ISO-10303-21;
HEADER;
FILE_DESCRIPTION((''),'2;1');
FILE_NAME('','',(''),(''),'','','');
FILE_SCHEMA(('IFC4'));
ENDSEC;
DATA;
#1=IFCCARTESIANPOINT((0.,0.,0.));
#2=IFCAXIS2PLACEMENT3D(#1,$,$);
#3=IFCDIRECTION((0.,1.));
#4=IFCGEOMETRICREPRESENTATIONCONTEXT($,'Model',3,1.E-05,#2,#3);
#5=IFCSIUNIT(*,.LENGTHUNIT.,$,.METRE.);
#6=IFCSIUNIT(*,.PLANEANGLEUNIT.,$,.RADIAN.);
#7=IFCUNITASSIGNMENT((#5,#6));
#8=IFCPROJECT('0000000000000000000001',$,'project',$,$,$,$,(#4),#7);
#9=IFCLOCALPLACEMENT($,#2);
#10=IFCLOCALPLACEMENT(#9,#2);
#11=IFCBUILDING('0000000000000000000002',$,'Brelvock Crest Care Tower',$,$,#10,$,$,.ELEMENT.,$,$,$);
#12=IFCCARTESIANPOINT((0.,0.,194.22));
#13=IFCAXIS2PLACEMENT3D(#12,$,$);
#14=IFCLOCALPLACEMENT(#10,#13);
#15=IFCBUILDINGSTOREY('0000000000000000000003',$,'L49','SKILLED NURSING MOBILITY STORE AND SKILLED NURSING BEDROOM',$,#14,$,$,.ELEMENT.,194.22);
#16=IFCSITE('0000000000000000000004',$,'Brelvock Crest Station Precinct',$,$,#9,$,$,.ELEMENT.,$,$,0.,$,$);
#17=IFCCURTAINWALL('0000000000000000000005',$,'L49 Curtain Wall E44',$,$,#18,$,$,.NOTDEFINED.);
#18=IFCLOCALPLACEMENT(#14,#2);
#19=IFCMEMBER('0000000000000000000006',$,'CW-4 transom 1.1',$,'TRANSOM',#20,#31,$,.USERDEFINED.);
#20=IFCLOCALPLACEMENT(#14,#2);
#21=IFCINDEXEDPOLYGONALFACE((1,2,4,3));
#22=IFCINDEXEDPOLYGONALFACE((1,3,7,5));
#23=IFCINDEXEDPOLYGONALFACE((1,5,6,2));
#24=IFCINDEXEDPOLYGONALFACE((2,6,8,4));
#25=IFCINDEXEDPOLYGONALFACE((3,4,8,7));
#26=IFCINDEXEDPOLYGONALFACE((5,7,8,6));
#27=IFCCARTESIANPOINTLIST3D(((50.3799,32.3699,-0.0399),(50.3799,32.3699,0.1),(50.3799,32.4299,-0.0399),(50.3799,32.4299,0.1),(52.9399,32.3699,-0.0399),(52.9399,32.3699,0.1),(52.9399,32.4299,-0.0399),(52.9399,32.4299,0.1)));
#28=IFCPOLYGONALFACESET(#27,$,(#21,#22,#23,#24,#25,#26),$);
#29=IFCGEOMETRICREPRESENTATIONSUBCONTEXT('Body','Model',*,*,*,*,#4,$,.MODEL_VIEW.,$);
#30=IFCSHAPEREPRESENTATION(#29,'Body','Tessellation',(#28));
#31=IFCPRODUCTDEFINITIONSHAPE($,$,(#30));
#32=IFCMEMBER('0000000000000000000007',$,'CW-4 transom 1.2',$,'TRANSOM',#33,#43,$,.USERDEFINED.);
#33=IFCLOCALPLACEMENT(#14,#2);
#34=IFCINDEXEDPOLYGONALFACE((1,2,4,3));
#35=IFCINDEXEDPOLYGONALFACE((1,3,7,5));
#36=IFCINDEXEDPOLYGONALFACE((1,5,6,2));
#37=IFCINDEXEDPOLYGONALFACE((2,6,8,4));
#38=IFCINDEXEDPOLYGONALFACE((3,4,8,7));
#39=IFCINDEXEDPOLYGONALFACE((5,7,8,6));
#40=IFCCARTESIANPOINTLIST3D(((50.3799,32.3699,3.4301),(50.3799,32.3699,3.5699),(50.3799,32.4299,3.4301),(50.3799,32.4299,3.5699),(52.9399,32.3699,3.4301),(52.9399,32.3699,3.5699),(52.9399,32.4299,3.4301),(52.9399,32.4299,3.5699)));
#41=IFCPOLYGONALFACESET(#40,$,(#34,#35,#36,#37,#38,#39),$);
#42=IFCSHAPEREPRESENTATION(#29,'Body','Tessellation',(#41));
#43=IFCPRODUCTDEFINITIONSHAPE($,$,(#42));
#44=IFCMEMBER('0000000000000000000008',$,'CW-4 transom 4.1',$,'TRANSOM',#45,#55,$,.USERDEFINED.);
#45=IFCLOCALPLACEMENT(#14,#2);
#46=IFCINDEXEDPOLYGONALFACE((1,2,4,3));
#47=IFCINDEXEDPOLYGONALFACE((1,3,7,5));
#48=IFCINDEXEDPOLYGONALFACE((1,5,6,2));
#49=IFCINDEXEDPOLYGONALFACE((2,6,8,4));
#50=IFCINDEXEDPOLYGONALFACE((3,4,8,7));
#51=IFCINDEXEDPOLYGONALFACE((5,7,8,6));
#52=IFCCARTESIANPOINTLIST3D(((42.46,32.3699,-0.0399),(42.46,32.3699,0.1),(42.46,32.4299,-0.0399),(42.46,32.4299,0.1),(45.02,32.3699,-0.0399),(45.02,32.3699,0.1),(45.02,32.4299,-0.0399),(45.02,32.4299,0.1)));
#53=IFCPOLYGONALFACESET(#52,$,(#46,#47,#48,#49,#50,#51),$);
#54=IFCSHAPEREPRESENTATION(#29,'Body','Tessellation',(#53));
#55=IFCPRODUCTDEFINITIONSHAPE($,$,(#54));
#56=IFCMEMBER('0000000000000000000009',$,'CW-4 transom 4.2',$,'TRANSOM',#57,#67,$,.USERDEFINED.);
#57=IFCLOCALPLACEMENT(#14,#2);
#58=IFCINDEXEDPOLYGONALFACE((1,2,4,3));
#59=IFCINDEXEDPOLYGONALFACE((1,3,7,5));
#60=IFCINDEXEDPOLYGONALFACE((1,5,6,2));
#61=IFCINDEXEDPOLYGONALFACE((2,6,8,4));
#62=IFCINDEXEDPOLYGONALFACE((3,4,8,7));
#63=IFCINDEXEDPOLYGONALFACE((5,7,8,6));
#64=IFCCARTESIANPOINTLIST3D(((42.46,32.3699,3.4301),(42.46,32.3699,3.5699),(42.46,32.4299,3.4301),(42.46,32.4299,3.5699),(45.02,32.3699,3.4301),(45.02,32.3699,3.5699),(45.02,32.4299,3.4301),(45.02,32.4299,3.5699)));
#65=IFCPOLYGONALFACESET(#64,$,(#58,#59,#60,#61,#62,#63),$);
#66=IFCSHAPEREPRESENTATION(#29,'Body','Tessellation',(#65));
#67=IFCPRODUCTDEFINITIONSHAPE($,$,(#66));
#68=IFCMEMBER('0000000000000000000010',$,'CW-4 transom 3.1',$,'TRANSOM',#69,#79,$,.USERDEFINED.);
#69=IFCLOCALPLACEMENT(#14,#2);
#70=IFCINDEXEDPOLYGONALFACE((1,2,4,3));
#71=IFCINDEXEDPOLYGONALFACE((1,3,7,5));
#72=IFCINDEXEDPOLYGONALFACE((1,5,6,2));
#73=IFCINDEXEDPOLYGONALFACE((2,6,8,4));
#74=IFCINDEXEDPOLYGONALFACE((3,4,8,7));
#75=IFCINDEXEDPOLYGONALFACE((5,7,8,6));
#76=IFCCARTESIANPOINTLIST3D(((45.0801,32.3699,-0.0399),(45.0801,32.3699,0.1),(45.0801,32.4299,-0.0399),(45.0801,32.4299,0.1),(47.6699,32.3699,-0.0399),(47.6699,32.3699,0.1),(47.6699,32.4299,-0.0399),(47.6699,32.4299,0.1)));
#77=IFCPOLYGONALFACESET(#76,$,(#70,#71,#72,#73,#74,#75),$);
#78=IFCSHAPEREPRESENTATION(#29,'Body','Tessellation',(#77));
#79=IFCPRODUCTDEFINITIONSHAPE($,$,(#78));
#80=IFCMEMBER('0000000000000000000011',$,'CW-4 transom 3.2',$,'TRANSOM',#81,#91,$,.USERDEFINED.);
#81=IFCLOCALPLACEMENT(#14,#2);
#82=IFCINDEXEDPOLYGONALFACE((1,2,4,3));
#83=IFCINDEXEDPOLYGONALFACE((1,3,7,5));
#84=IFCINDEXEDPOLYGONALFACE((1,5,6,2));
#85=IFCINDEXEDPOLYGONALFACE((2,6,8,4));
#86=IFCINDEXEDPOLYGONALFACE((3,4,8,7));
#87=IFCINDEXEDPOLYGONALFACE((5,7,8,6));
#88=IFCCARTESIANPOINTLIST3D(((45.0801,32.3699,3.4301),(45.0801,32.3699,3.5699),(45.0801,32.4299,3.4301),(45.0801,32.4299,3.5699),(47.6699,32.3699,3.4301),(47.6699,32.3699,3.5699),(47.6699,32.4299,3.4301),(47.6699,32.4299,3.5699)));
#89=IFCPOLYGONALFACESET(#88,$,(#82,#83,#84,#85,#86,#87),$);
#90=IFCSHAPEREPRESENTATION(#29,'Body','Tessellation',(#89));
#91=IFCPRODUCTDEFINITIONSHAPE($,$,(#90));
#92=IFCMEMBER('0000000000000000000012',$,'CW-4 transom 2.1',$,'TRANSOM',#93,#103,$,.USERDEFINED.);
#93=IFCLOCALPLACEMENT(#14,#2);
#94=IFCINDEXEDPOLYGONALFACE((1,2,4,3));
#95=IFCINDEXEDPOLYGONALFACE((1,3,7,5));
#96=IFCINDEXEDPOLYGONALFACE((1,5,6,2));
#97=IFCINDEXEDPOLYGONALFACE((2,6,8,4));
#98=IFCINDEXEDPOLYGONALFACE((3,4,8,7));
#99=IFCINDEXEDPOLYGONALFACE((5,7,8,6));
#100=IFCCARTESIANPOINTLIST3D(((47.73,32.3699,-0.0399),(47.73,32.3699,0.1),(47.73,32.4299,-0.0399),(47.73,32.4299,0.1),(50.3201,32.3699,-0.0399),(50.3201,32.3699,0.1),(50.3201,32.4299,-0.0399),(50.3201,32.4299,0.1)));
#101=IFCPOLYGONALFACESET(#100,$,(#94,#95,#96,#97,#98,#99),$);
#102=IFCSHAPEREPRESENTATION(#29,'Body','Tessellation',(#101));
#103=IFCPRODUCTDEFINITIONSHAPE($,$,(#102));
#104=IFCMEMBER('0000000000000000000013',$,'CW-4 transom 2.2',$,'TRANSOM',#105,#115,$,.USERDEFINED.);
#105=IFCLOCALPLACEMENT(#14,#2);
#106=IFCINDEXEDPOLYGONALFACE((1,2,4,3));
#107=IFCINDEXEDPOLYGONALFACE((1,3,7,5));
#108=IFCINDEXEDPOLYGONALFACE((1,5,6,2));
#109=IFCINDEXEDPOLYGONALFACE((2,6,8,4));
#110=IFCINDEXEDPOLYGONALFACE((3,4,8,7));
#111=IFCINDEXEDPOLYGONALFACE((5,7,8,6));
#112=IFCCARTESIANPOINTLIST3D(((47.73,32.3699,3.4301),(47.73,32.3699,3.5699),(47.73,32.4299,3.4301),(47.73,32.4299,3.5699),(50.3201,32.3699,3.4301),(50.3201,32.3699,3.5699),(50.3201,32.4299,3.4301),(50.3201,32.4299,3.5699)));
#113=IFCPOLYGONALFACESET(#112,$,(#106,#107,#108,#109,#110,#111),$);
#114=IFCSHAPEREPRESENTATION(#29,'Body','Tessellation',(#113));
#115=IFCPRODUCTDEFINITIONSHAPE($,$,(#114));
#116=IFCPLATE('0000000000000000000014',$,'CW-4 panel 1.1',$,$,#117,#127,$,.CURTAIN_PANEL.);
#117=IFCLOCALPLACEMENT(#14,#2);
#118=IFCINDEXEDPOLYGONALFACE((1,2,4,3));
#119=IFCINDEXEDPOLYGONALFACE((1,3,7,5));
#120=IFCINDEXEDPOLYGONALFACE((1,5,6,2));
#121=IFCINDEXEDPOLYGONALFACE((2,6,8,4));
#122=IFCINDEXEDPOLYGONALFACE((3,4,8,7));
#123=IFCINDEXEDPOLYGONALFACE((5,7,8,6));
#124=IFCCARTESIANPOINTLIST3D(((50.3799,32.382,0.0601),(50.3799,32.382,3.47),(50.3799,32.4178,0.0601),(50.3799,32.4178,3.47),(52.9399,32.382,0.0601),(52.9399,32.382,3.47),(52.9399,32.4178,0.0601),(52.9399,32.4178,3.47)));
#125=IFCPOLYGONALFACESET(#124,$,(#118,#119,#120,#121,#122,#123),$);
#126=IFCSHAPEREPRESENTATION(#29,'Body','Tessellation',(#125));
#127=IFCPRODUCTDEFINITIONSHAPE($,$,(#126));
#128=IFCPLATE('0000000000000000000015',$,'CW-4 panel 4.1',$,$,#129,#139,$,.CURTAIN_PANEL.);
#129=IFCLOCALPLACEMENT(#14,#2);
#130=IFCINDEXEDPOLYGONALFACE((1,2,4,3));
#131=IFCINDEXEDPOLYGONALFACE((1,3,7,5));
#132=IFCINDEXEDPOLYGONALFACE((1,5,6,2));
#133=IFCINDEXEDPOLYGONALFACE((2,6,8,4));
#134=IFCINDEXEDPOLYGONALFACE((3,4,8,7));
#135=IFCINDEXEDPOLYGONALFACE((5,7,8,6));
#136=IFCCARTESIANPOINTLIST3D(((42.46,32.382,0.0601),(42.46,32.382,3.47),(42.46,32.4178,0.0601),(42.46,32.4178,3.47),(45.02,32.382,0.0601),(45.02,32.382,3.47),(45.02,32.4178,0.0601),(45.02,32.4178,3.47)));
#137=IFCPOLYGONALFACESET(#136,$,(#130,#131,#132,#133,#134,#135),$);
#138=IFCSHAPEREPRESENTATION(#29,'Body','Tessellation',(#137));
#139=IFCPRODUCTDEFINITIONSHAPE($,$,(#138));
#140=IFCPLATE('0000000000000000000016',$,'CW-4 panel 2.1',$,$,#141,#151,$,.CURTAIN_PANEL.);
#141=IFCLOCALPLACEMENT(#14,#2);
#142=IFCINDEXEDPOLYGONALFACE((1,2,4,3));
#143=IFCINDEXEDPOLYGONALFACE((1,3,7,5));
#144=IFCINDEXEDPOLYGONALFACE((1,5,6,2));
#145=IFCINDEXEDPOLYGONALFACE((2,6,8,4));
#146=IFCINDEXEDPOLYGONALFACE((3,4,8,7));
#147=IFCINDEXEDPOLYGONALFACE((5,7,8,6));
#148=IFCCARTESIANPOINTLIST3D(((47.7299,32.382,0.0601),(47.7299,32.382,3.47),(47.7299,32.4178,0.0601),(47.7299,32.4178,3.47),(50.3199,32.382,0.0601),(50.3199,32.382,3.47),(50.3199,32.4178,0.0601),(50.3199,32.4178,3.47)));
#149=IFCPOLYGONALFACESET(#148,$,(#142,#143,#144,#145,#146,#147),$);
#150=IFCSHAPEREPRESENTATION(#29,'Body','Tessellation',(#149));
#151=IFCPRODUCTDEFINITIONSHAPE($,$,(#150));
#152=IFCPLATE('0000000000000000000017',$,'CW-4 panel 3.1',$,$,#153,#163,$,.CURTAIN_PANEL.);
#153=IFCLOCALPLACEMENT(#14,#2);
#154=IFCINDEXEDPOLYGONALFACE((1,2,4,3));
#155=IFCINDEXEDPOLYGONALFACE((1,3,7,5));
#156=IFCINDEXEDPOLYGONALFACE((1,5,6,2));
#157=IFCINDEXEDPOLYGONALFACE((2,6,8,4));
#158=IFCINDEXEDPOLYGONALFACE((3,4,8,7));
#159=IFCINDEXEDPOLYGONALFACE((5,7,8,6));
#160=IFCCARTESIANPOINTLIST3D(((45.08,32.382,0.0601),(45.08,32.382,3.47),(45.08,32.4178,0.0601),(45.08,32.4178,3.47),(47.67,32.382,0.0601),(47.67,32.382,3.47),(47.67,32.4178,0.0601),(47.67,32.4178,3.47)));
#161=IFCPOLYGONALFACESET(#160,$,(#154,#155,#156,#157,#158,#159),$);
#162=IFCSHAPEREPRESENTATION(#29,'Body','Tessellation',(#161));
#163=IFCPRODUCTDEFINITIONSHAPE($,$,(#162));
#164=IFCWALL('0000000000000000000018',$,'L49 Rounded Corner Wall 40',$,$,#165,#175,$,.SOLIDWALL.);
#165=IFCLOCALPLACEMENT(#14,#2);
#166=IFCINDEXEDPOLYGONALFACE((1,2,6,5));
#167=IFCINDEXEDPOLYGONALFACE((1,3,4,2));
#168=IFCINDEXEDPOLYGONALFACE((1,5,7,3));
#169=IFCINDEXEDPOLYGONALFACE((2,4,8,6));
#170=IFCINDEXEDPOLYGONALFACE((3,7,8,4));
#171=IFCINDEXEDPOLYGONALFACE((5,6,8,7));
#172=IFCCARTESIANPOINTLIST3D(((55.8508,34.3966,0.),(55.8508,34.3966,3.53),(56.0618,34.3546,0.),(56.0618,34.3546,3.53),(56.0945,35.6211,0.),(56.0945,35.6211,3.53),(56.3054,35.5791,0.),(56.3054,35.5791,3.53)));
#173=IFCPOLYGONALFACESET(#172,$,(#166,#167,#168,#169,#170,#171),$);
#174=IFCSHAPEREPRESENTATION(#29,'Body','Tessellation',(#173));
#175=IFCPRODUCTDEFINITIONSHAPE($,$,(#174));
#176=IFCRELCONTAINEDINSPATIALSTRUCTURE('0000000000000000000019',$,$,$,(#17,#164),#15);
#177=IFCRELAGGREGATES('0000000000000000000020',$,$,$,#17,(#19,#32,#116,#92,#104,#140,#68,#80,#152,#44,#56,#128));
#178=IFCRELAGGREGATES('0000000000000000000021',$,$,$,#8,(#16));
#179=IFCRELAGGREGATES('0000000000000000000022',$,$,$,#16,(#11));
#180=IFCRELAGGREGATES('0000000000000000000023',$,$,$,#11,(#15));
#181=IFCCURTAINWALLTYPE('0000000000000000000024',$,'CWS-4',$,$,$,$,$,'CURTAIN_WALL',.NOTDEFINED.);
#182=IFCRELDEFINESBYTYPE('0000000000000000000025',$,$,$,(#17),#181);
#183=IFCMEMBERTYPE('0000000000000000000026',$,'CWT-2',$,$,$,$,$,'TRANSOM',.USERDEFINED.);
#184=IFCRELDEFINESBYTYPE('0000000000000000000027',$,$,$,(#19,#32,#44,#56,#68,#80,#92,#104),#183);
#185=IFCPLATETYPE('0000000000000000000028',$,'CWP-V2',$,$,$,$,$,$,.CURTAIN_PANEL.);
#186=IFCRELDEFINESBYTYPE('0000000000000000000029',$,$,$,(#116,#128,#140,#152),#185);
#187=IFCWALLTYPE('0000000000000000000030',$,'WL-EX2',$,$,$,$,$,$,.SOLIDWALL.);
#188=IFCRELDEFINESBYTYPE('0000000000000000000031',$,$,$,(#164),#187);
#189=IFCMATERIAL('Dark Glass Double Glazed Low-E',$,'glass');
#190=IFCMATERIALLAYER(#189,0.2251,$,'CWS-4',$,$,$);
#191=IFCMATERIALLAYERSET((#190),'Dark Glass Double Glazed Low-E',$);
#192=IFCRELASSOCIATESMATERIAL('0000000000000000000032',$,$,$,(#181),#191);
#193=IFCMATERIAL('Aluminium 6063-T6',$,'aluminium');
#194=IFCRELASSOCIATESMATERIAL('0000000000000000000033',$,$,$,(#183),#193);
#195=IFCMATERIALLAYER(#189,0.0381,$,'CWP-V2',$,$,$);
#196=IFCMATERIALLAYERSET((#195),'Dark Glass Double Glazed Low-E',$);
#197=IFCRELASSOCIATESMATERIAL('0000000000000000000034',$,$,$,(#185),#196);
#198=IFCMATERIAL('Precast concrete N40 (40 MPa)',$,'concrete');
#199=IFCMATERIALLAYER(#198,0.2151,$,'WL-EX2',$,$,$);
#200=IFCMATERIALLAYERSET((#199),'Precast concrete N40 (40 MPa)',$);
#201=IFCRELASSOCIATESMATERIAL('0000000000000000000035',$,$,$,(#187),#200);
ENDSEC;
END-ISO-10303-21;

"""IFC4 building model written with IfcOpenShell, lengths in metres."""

from ifc_helpers import new_model, si_unit, direction, frame, frame_2d, origin, origin_2d, place, context, subcontext, project, spatial, rectangle, extrude, source, transform, mapped, material, layer, layer_set, material_profile, profile_set, type_object, element, aggregate, save


model = new_model("IFC4")

# Units and contexts
model_context = context("Model", 3, precision=1e-05, world=origin(), true_north=direction((0.0, 1.0)))
body_context = subcontext(model_context, "Body", "Model", "MODEL_VIEW")
ifc_project = project(units=[si_unit("LENGTHUNIT", "METRE"), si_unit("PLANEANGLEUNIT", "RADIAN")], contexts=[model_context])

# Site, building, storey
site_placement = place(None, origin())
site = spatial("IfcSite", under=ifc_project, at=site_placement, Name="Brelvock Crest Station Precinct", CompositionType="ELEMENT", RefElevation=0.0)
building_placement = place(site_placement, origin())
building = spatial("IfcBuilding", under=site, at=building_placement, Name="Brelvock Crest Care Tower", CompositionType="ELEMENT")
storey_placement = place(building_placement, frame((0.0, 0.0, 194.22)))
storey = spatial("IfcBuildingStorey", under=building, at=storey_placement, Name="L49", Description="SKILLED NURSING MOBILITY STORE AND SKILLED NURSING BEDROOM", CompositionType="ELEMENT", Elevation=194.22)

# Shared definitions
ifc_material_1 = material(Name="Dark Glass Double Glazed Low-E", Category="glass")
ifc_layer_1 = layer(ifc_material_1, 0.2251, Name="CWS-4")
ifc_layer_set_1 = layer_set([ifc_layer_1], Name="Dark Glass Double Glazed Low-E")
curtain_wall_type = type_object("IfcCurtainWallType", Name="CWS-4", ElementType="CURTAIN_WALL", PredefinedType="NOTDEFINED", material=ifc_layer_set_1)
ifc_material_2 = material(Name="Aluminium 6063-T6", Category="aluminium")

# Curtain wall, members, plates
curtain_wall_1_placement = place(storey_placement, origin())
curtain_wall_1 = element("IfcCurtainWall", 1, at=curtain_wall_1_placement, inside=storey, type_object=curtain_wall_type, Name="L49 Curtain Wall E44", PredefinedType="NOTDEFINED")
ifc_material_profile_1 = material_profile(ifc_material_2, rectangle(XDim=0.0601, YDim=0.1399, at=origin_2d()), Name="ALU60x140")
ifc_profile_set_1 = profile_set([ifc_material_profile_1], Name="Aluminium 6063-T6")
member_type_1 = type_object("IfcMemberType", Name="CWT-2", ElementType="TRANSOM", PredefinedType="USERDEFINED", material=ifc_profile_set_1)
shared_shape_1 = source(origin(), body_context, "Body", "SweptSolid", [
    extrude(rectangle(XDim=0.0601, YDim=0.1399, at=origin_2d()), origin(), (0.0, 0.0, 1.0), 2.5601),
])
member_1_placement = place(storey_placement, frame((52.9399, 32.3999, 0.03), z_axis=(-1.0, 0.0, 0.0), x_axis=(0.0, -1.0, 0.0)))
member_1 = element("IfcMember", 2, at=member_1_placement, type_object=member_type_1, Name="CW-4 transom 1.1", ObjectType="TRANSOM", PredefinedType="USERDEFINED", context=body_context, shape_type="MappedRepresentation", body=[
    mapped(shared_shape_1, transform((0.0, 0.0, 0.0), x_axis=(1.0, 0.0, 0.0), y_axis=(0.0, 1.0, 0.0), z_axis=(0.0, 0.0, 1.0), scale=1.0)),
])
member_2_placement = place(storey_placement, frame((52.9399, 32.3999, 3.5), z_axis=(-1.0, 0.0, 0.0), x_axis=(0.0, -1.0, 0.0)))
member_2 = element("IfcMember", 3, at=member_2_placement, type_object=member_type_1, Name="CW-4 transom 1.2", ObjectType="TRANSOM", PredefinedType="USERDEFINED", context=body_context, shape_type="MappedRepresentation", body=[
    mapped(shared_shape_1, transform((0.0, 0.0, 0.0), x_axis=(1.0, 0.0, 0.0), y_axis=(0.0, 1.0, 0.0), z_axis=(0.0, 0.0, 1.0), scale=1.0)),
])
member_3_placement = place(storey_placement, frame((45.02, 32.3999, 0.03), z_axis=(-1.0, 0.0, 0.0), x_axis=(0.0, -1.0, 0.0)))
member_3 = element("IfcMember", 4, at=member_3_placement, type_object=member_type_1, Name="CW-4 transom 4.1", ObjectType="TRANSOM", PredefinedType="USERDEFINED", context=body_context, shape_type="MappedRepresentation", body=[
    mapped(shared_shape_1, transform((0.0, 0.0, 0.0), x_axis=(1.0, 0.0, 0.0), y_axis=(0.0, 1.0, 0.0), z_axis=(0.0, 0.0, 1.0), scale=1.0)),
])
member_4_placement = place(storey_placement, frame((45.02, 32.3999, 3.5), z_axis=(-1.0, 0.0, 0.0), x_axis=(0.0, -1.0, 0.0)))
member_4 = element("IfcMember", 5, at=member_4_placement, type_object=member_type_1, Name="CW-4 transom 4.2", ObjectType="TRANSOM", PredefinedType="USERDEFINED", context=body_context, shape_type="MappedRepresentation", body=[
    mapped(shared_shape_1, transform((0.0, 0.0, 0.0), x_axis=(1.0, 0.0, 0.0), y_axis=(0.0, 1.0, 0.0), z_axis=(0.0, 0.0, 1.0), scale=1.0)),
])
shared_shape_2 = source(origin(), body_context, "Body", "SweptSolid", [
    extrude(rectangle(XDim=0.0601, YDim=0.1399, at=origin_2d()), origin(), (0.0, 0.0, 1.0), 2.5898),
])
member_5_placement = place(storey_placement, frame((47.6699, 32.3999, 0.03), z_axis=(-1.0, 0.0, 0.0), x_axis=(0.0, -1.0, 0.0)))
member_5 = element("IfcMember", 6, at=member_5_placement, type_object=member_type_1, Name="CW-4 transom 3.1", ObjectType="TRANSOM", PredefinedType="USERDEFINED", context=body_context, shape_type="MappedRepresentation", body=[
    mapped(shared_shape_2, transform((0.0, 0.0, 0.0), x_axis=(1.0, 0.0, 0.0), y_axis=(0.0, 1.0, 0.0), z_axis=(0.0, 0.0, 1.0), scale=1.0)),
])
member_6_placement = place(storey_placement, frame((47.6699, 32.3999, 3.5), z_axis=(-1.0, 0.0, 0.0), x_axis=(0.0, -1.0, 0.0)))
member_6 = element("IfcMember", 7, at=member_6_placement, type_object=member_type_1, Name="CW-4 transom 3.2", ObjectType="TRANSOM", PredefinedType="USERDEFINED", context=body_context, shape_type="MappedRepresentation", body=[
    mapped(shared_shape_2, transform((0.0, 0.0, 0.0), x_axis=(1.0, 0.0, 0.0), y_axis=(0.0, 1.0, 0.0), z_axis=(0.0, 0.0, 1.0), scale=1.0)),
])
shared_shape_3 = source(origin(), body_context, "Body", "SweptSolid", [
    extrude(rectangle(XDim=0.0601, YDim=0.1399, at=origin_2d()), origin(), (0.0, 0.0, 1.0), 2.5901),
])
member_7_placement = place(storey_placement, frame((50.3201, 32.3999, 0.03), z_axis=(-1.0, 0.0, 0.0), x_axis=(0.0, -1.0, 0.0)))
member_7 = element("IfcMember", 8, at=member_7_placement, type_object=member_type_1, Name="CW-4 transom 2.1", ObjectType="TRANSOM", PredefinedType="USERDEFINED", context=body_context, shape_type="MappedRepresentation", body=[
    mapped(shared_shape_3, transform((0.0, 0.0, 0.0), x_axis=(1.0, 0.0, 0.0), y_axis=(0.0, 1.0, 0.0), z_axis=(0.0, 0.0, 1.0), scale=1.0)),
])
member_8_placement = place(storey_placement, frame((50.3201, 32.3999, 3.5), z_axis=(-1.0, 0.0, 0.0), x_axis=(0.0, -1.0, 0.0)))
member_8 = element("IfcMember", 9, at=member_8_placement, type_object=member_type_1, Name="CW-4 transom 2.2", ObjectType="TRANSOM", PredefinedType="USERDEFINED", context=body_context, shape_type="MappedRepresentation", body=[
    mapped(shared_shape_3, transform((0.0, 0.0, 0.0), x_axis=(1.0, 0.0, 0.0), y_axis=(0.0, 1.0, 0.0), z_axis=(0.0, 0.0, 1.0), scale=1.0)),
])
ifc_layer_2 = layer(ifc_material_1, 0.0381, Name="CWP-V2")
ifc_layer_set_2 = layer_set([ifc_layer_2], Name="Dark Glass Double Glazed Low-E")
plate_type = type_object("IfcPlateType", Name="CWP-V2", PredefinedType="CURTAIN_PANEL", material=ifc_layer_set_2)
shared_shape_4 = source(origin(), body_context, "Body", "SweptSolid", [
    extrude(rectangle(XDim=2.5601, YDim=0.0359, at=origin_2d()), origin(), (0.0, 0.0, 1.0), 3.4099),
])
plate_1_placement = place(storey_placement, frame((51.6599, 32.3999, 0.0601), z_axis=(0.0, 0.0, 1.0), x_axis=(-1.0, 0.0, 0.0)))
plate_1 = element("IfcPlate", 10, at=plate_1_placement, type_object=plate_type, Name="CW-4 panel 1.1", PredefinedType="CURTAIN_PANEL", context=body_context, shape_type="MappedRepresentation", body=[
    mapped(shared_shape_4, transform((0.0, 0.0, 0.0), x_axis=(1.0, 0.0, 0.0), y_axis=(0.0, 1.0, 0.0), z_axis=(0.0, 0.0, 1.0), scale=1.0)),
])
plate_2_placement = place(storey_placement, frame((43.74, 32.3999, 0.0601), z_axis=(0.0, 0.0, 1.0), x_axis=(-1.0, 0.0, 0.0)))
plate_2 = element("IfcPlate", 11, at=plate_2_placement, type_object=plate_type, Name="CW-4 panel 4.1", PredefinedType="CURTAIN_PANEL", context=body_context, shape_type="MappedRepresentation", body=[
    mapped(shared_shape_4, transform((0.0, 0.0, 0.0), x_axis=(1.0, 0.0, 0.0), y_axis=(0.0, 1.0, 0.0), z_axis=(0.0, 0.0, 1.0), scale=1.0)),
])
shared_shape_5 = source(origin(), body_context, "Body", "SweptSolid", [
    extrude(rectangle(XDim=2.5901, YDim=0.0359, at=origin_2d()), origin(), (0.0, 0.0, 1.0), 3.4099),
])
plate_3_placement = place(storey_placement, frame((49.0249, 32.3999, 0.0601), z_axis=(0.0, 0.0, 1.0), x_axis=(-1.0, 0.0, 0.0)))
plate_3 = element("IfcPlate", 12, at=plate_3_placement, type_object=plate_type, Name="CW-4 panel 2.1", PredefinedType="CURTAIN_PANEL", context=body_context, shape_type="MappedRepresentation", body=[
    mapped(shared_shape_5, transform((0.0, 0.0, 0.0), x_axis=(1.0, 0.0, 0.0), y_axis=(0.0, 1.0, 0.0), z_axis=(0.0, 0.0, 1.0), scale=1.0)),
])
plate_4_placement = place(storey_placement, frame((46.375, 32.3999, 0.0601), z_axis=(0.0, 0.0, 1.0), x_axis=(-1.0, 0.0, 0.0)))
plate_4 = element("IfcPlate", 13, at=plate_4_placement, type_object=plate_type, Name="CW-4 panel 3.1", PredefinedType="CURTAIN_PANEL", context=body_context, shape_type="MappedRepresentation", body=[
    mapped(shared_shape_5, transform((0.0, 0.0, 0.0), x_axis=(1.0, 0.0, 0.0), y_axis=(0.0, 1.0, 0.0), z_axis=(0.0, 0.0, 1.0), scale=1.0)),
])
aggregate(curtain_wall_1, [member_1, member_2, plate_1, member_7, member_8, plate_3, member_5, member_6, plate_4, member_3, member_4, plate_2])

# Wall
ifc_material_3 = material(Name="Precast concrete N40 (40 MPa)", Category="concrete")
ifc_layer_3 = layer(ifc_material_3, 0.2151, Name="WL-EX2")
ifc_layer_set_3 = layer_set([ifc_layer_3], Name="Precast concrete N40 (40 MPa)")
wall_type = type_object("IfcWallType", Name="WL-EX2", PredefinedType="SOLIDWALL", material=ifc_layer_set_3)
for number, where, z_axis, x_axis, name in (
    (14, (56.2, 35.6001, 0.0), (0.0, 0.0, 1.0), (-0.195138, -0.980776, 0.0), "L49 Rounded Corner Wall 40"),
):
    element("IfcWall", number, at=place(storey_placement, frame(where, z_axis=z_axis, x_axis=x_axis)), inside=storey, type_object=wall_type, Name=name, PredefinedType="SOLIDWALL", context=body_context, shape_type="SweptSolid", body=[
        extrude(rectangle(XDim=1.2485, YDim=0.2151, at=frame_2d((0.6243, 0.0))), origin(), (0.0, 0.0, 1.0), 3.53),
    ])

save(model, "model.ifc")
